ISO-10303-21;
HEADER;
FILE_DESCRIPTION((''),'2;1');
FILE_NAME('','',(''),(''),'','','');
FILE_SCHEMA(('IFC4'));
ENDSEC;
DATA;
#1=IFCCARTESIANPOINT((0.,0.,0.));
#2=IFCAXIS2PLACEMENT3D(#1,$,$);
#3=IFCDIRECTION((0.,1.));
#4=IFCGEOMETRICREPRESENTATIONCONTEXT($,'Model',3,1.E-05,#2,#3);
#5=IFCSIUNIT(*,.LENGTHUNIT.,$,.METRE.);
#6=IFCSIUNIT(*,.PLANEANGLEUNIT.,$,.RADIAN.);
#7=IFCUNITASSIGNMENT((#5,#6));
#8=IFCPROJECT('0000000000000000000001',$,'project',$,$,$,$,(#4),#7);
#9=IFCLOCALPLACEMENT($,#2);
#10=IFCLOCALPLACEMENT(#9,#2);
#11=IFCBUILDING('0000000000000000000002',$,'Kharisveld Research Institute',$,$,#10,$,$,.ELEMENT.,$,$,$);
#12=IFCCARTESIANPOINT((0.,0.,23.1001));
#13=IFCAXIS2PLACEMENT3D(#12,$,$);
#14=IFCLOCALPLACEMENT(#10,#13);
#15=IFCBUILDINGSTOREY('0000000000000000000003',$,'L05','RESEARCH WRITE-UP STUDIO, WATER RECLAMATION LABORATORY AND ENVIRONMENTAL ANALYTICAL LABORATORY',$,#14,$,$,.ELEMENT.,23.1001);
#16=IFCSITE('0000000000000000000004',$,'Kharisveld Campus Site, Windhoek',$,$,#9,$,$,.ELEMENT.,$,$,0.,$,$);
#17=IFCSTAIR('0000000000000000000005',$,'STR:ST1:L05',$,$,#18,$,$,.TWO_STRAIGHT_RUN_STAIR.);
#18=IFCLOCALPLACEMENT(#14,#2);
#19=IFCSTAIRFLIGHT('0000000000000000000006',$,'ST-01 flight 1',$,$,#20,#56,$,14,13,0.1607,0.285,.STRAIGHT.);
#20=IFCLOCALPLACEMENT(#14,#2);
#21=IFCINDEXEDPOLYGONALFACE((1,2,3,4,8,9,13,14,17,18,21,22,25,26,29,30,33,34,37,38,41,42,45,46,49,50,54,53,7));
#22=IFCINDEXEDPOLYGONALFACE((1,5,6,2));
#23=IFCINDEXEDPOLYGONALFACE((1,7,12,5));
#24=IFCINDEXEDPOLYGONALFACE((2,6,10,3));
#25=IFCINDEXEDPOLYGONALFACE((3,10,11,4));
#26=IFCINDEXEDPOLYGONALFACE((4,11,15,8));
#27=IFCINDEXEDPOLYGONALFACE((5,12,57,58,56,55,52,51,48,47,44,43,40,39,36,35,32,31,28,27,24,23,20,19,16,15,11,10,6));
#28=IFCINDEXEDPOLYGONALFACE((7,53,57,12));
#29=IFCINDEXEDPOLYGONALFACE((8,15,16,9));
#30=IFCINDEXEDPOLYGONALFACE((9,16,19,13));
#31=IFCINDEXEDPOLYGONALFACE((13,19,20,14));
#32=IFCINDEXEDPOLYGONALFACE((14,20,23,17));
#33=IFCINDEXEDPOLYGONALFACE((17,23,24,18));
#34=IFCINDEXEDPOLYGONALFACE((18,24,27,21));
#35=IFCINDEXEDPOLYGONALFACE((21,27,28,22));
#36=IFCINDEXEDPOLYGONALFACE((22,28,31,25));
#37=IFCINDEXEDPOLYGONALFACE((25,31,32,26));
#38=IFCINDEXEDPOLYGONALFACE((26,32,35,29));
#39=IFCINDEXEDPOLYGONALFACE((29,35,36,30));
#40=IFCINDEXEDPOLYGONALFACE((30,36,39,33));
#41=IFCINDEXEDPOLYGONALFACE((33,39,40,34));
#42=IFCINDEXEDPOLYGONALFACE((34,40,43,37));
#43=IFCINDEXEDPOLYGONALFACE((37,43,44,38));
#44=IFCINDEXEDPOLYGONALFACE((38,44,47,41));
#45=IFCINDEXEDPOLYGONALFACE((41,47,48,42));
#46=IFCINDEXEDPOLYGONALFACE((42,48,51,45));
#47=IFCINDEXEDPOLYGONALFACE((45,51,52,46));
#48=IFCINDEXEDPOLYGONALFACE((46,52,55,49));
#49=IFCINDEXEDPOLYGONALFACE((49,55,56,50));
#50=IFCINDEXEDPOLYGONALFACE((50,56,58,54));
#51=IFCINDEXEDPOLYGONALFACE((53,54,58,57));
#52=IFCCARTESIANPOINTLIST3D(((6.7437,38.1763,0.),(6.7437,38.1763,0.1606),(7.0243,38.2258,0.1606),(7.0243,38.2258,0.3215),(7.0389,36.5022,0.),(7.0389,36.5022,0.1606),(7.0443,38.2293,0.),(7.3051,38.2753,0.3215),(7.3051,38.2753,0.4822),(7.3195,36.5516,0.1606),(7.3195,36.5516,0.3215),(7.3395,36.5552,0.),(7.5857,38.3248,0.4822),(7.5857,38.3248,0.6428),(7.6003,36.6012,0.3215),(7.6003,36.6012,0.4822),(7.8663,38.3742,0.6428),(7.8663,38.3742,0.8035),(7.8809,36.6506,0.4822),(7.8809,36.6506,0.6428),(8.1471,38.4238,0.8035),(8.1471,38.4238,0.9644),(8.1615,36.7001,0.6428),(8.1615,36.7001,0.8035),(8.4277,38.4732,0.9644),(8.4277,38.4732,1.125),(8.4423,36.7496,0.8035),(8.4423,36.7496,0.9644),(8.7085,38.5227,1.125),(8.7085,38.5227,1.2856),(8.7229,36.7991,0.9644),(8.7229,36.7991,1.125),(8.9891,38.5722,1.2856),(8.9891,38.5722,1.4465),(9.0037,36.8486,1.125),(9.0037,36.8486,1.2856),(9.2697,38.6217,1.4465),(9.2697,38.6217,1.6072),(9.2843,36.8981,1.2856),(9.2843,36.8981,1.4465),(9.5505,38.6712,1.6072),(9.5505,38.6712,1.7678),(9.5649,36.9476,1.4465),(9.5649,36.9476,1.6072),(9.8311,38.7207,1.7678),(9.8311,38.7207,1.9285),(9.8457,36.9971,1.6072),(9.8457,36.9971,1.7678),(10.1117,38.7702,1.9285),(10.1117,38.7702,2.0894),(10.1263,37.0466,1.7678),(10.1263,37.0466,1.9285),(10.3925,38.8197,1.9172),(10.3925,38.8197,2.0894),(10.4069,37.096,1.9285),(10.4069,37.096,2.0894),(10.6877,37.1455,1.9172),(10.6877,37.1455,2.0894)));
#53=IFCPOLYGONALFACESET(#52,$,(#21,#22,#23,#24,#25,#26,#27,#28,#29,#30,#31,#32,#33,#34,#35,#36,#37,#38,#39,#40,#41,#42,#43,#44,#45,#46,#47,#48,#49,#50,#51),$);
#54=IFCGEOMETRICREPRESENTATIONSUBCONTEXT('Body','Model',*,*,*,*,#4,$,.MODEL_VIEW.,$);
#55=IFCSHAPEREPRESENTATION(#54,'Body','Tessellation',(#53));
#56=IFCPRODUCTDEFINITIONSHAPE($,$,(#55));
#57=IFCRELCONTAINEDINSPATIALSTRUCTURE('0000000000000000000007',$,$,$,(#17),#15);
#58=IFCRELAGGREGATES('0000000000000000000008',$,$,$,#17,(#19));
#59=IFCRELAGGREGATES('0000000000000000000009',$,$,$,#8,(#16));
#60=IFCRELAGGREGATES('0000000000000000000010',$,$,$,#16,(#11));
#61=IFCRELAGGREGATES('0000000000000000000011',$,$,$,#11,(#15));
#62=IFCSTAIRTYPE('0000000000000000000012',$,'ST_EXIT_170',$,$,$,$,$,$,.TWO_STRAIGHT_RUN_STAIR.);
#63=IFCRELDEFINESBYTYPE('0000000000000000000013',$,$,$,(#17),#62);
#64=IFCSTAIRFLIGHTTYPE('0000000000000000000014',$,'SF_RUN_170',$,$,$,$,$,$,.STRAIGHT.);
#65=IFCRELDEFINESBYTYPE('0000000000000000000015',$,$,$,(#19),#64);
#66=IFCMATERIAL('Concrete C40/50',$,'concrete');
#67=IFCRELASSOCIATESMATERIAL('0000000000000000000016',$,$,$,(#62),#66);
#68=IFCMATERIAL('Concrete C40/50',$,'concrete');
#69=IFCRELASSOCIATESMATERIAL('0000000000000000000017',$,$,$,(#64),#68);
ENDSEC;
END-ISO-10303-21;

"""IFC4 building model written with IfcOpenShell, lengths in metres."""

from ifc_helpers import new_model, si_unit, direction, frame, origin, place, context, subcontext, project, spatial, polyline, outline, extrude, material, type_object, element, aggregate, save


model = new_model("IFC4")

# Units and contexts
model_context = context("Model", 3, precision=1e-05, world=origin(), true_north=direction((0.0, 1.0)))
body_context = subcontext(model_context, "Body", "Model", "MODEL_VIEW")
ifc_project = project(units=[si_unit("LENGTHUNIT", "METRE"), si_unit("PLANEANGLEUNIT", "RADIAN")], contexts=[model_context])

# Site, building, storey
site_placement = place(None, origin())
site = spatial("IfcSite", under=ifc_project, at=site_placement, Name="Kharisveld Campus Site, Windhoek", CompositionType="ELEMENT", RefElevation=0.0)
building_placement = place(site_placement, origin())
building = spatial("IfcBuilding", under=site, at=building_placement, Name="Kharisveld Research Institute", CompositionType="ELEMENT")
storey_placement = place(building_placement, frame((0.0, 0.0, 23.1001)))
storey = spatial("IfcBuildingStorey", under=building, at=storey_placement, Name="L05", Description="RESEARCH WRITE-UP STUDIO, WATER RECLAMATION LABORATORY AND ENVIRONMENTAL ANALYTICAL LABORATORY", CompositionType="ELEMENT", Elevation=23.1001)

# Stair, stair flight
ifc_material_1 = material(Name="Concrete C40/50", Category="concrete")
stair_type = type_object("IfcStairType", Name="ST_EXIT_170", PredefinedType="TWO_STRAIGHT_RUN_STAIR", material=ifc_material_1)
stair_placement = place(storey_placement, origin())
stair = element("IfcStair", 1, at=stair_placement, inside=storey, type_object=stair_type, Name="STR:ST1:L05", PredefinedType="TWO_STRAIGHT_RUN_STAIR")
ifc_material_2 = material(Name="Concrete C40/50", Category="concrete")
stair_flight_type = type_object("IfcStairFlightType", Name="SF_RUN_170", PredefinedType="STRAIGHT", material=ifc_material_2)
stair_flight_placement = place(storey_placement, frame((6.8914, 37.3391, 0.0), z_axis=(0.0, 0.0, 1.0), x_axis=(0.984808, 0.173648, 0.0)))
stair_flight = element("IfcStairFlight", 2, at=stair_flight_placement, type_object=stair_flight_type, Name="ST-01 flight 1", NumberOfRisers=14, NumberOfTreads=13, PredefinedType="STRAIGHT", RiserHeight=0.1607, TreadLength=0.285, context=body_context, shape_type="SweptSolid", body=[
    extrude(outline(polyline([(0.0, 0.0), (0.0, 0.1606), (0.2849, 0.1606), (0.2849, 0.3215), (0.5701, 0.3215), (0.5701, 0.4822), (0.855, 0.4822), (0.855, 0.6428), (1.1399, 0.6428), (1.1399, 0.8035), (1.425, 0.8035), (1.425, 0.9644), (1.71, 0.9644), (1.71, 1.125), (1.9951, 1.125), (1.9951, 1.2856), (2.28, 1.2856), (2.28, 1.4465), (2.5649, 1.4465), (2.5649, 1.6072), (2.8501, 1.6072), (2.8501, 1.7678), (3.135, 1.7678), (3.135, 1.9285), (3.4199, 1.9285), (3.4199, 2.0894), (3.7051, 2.0894), (3.7051, 2.25), (3.7051, 1.9172), (0.3052, 0.0), (0.0, 0.0)])), frame((0.0, 0.8501, 0.0), z_axis=(0.0, -1.0, 0.0), x_axis=(1.0, 0.0, 0.0)), (0.0, 0.0, 1.0), 1.7),
])
aggregate(stair, [stair_flight])

save(model, "model.ifc")
